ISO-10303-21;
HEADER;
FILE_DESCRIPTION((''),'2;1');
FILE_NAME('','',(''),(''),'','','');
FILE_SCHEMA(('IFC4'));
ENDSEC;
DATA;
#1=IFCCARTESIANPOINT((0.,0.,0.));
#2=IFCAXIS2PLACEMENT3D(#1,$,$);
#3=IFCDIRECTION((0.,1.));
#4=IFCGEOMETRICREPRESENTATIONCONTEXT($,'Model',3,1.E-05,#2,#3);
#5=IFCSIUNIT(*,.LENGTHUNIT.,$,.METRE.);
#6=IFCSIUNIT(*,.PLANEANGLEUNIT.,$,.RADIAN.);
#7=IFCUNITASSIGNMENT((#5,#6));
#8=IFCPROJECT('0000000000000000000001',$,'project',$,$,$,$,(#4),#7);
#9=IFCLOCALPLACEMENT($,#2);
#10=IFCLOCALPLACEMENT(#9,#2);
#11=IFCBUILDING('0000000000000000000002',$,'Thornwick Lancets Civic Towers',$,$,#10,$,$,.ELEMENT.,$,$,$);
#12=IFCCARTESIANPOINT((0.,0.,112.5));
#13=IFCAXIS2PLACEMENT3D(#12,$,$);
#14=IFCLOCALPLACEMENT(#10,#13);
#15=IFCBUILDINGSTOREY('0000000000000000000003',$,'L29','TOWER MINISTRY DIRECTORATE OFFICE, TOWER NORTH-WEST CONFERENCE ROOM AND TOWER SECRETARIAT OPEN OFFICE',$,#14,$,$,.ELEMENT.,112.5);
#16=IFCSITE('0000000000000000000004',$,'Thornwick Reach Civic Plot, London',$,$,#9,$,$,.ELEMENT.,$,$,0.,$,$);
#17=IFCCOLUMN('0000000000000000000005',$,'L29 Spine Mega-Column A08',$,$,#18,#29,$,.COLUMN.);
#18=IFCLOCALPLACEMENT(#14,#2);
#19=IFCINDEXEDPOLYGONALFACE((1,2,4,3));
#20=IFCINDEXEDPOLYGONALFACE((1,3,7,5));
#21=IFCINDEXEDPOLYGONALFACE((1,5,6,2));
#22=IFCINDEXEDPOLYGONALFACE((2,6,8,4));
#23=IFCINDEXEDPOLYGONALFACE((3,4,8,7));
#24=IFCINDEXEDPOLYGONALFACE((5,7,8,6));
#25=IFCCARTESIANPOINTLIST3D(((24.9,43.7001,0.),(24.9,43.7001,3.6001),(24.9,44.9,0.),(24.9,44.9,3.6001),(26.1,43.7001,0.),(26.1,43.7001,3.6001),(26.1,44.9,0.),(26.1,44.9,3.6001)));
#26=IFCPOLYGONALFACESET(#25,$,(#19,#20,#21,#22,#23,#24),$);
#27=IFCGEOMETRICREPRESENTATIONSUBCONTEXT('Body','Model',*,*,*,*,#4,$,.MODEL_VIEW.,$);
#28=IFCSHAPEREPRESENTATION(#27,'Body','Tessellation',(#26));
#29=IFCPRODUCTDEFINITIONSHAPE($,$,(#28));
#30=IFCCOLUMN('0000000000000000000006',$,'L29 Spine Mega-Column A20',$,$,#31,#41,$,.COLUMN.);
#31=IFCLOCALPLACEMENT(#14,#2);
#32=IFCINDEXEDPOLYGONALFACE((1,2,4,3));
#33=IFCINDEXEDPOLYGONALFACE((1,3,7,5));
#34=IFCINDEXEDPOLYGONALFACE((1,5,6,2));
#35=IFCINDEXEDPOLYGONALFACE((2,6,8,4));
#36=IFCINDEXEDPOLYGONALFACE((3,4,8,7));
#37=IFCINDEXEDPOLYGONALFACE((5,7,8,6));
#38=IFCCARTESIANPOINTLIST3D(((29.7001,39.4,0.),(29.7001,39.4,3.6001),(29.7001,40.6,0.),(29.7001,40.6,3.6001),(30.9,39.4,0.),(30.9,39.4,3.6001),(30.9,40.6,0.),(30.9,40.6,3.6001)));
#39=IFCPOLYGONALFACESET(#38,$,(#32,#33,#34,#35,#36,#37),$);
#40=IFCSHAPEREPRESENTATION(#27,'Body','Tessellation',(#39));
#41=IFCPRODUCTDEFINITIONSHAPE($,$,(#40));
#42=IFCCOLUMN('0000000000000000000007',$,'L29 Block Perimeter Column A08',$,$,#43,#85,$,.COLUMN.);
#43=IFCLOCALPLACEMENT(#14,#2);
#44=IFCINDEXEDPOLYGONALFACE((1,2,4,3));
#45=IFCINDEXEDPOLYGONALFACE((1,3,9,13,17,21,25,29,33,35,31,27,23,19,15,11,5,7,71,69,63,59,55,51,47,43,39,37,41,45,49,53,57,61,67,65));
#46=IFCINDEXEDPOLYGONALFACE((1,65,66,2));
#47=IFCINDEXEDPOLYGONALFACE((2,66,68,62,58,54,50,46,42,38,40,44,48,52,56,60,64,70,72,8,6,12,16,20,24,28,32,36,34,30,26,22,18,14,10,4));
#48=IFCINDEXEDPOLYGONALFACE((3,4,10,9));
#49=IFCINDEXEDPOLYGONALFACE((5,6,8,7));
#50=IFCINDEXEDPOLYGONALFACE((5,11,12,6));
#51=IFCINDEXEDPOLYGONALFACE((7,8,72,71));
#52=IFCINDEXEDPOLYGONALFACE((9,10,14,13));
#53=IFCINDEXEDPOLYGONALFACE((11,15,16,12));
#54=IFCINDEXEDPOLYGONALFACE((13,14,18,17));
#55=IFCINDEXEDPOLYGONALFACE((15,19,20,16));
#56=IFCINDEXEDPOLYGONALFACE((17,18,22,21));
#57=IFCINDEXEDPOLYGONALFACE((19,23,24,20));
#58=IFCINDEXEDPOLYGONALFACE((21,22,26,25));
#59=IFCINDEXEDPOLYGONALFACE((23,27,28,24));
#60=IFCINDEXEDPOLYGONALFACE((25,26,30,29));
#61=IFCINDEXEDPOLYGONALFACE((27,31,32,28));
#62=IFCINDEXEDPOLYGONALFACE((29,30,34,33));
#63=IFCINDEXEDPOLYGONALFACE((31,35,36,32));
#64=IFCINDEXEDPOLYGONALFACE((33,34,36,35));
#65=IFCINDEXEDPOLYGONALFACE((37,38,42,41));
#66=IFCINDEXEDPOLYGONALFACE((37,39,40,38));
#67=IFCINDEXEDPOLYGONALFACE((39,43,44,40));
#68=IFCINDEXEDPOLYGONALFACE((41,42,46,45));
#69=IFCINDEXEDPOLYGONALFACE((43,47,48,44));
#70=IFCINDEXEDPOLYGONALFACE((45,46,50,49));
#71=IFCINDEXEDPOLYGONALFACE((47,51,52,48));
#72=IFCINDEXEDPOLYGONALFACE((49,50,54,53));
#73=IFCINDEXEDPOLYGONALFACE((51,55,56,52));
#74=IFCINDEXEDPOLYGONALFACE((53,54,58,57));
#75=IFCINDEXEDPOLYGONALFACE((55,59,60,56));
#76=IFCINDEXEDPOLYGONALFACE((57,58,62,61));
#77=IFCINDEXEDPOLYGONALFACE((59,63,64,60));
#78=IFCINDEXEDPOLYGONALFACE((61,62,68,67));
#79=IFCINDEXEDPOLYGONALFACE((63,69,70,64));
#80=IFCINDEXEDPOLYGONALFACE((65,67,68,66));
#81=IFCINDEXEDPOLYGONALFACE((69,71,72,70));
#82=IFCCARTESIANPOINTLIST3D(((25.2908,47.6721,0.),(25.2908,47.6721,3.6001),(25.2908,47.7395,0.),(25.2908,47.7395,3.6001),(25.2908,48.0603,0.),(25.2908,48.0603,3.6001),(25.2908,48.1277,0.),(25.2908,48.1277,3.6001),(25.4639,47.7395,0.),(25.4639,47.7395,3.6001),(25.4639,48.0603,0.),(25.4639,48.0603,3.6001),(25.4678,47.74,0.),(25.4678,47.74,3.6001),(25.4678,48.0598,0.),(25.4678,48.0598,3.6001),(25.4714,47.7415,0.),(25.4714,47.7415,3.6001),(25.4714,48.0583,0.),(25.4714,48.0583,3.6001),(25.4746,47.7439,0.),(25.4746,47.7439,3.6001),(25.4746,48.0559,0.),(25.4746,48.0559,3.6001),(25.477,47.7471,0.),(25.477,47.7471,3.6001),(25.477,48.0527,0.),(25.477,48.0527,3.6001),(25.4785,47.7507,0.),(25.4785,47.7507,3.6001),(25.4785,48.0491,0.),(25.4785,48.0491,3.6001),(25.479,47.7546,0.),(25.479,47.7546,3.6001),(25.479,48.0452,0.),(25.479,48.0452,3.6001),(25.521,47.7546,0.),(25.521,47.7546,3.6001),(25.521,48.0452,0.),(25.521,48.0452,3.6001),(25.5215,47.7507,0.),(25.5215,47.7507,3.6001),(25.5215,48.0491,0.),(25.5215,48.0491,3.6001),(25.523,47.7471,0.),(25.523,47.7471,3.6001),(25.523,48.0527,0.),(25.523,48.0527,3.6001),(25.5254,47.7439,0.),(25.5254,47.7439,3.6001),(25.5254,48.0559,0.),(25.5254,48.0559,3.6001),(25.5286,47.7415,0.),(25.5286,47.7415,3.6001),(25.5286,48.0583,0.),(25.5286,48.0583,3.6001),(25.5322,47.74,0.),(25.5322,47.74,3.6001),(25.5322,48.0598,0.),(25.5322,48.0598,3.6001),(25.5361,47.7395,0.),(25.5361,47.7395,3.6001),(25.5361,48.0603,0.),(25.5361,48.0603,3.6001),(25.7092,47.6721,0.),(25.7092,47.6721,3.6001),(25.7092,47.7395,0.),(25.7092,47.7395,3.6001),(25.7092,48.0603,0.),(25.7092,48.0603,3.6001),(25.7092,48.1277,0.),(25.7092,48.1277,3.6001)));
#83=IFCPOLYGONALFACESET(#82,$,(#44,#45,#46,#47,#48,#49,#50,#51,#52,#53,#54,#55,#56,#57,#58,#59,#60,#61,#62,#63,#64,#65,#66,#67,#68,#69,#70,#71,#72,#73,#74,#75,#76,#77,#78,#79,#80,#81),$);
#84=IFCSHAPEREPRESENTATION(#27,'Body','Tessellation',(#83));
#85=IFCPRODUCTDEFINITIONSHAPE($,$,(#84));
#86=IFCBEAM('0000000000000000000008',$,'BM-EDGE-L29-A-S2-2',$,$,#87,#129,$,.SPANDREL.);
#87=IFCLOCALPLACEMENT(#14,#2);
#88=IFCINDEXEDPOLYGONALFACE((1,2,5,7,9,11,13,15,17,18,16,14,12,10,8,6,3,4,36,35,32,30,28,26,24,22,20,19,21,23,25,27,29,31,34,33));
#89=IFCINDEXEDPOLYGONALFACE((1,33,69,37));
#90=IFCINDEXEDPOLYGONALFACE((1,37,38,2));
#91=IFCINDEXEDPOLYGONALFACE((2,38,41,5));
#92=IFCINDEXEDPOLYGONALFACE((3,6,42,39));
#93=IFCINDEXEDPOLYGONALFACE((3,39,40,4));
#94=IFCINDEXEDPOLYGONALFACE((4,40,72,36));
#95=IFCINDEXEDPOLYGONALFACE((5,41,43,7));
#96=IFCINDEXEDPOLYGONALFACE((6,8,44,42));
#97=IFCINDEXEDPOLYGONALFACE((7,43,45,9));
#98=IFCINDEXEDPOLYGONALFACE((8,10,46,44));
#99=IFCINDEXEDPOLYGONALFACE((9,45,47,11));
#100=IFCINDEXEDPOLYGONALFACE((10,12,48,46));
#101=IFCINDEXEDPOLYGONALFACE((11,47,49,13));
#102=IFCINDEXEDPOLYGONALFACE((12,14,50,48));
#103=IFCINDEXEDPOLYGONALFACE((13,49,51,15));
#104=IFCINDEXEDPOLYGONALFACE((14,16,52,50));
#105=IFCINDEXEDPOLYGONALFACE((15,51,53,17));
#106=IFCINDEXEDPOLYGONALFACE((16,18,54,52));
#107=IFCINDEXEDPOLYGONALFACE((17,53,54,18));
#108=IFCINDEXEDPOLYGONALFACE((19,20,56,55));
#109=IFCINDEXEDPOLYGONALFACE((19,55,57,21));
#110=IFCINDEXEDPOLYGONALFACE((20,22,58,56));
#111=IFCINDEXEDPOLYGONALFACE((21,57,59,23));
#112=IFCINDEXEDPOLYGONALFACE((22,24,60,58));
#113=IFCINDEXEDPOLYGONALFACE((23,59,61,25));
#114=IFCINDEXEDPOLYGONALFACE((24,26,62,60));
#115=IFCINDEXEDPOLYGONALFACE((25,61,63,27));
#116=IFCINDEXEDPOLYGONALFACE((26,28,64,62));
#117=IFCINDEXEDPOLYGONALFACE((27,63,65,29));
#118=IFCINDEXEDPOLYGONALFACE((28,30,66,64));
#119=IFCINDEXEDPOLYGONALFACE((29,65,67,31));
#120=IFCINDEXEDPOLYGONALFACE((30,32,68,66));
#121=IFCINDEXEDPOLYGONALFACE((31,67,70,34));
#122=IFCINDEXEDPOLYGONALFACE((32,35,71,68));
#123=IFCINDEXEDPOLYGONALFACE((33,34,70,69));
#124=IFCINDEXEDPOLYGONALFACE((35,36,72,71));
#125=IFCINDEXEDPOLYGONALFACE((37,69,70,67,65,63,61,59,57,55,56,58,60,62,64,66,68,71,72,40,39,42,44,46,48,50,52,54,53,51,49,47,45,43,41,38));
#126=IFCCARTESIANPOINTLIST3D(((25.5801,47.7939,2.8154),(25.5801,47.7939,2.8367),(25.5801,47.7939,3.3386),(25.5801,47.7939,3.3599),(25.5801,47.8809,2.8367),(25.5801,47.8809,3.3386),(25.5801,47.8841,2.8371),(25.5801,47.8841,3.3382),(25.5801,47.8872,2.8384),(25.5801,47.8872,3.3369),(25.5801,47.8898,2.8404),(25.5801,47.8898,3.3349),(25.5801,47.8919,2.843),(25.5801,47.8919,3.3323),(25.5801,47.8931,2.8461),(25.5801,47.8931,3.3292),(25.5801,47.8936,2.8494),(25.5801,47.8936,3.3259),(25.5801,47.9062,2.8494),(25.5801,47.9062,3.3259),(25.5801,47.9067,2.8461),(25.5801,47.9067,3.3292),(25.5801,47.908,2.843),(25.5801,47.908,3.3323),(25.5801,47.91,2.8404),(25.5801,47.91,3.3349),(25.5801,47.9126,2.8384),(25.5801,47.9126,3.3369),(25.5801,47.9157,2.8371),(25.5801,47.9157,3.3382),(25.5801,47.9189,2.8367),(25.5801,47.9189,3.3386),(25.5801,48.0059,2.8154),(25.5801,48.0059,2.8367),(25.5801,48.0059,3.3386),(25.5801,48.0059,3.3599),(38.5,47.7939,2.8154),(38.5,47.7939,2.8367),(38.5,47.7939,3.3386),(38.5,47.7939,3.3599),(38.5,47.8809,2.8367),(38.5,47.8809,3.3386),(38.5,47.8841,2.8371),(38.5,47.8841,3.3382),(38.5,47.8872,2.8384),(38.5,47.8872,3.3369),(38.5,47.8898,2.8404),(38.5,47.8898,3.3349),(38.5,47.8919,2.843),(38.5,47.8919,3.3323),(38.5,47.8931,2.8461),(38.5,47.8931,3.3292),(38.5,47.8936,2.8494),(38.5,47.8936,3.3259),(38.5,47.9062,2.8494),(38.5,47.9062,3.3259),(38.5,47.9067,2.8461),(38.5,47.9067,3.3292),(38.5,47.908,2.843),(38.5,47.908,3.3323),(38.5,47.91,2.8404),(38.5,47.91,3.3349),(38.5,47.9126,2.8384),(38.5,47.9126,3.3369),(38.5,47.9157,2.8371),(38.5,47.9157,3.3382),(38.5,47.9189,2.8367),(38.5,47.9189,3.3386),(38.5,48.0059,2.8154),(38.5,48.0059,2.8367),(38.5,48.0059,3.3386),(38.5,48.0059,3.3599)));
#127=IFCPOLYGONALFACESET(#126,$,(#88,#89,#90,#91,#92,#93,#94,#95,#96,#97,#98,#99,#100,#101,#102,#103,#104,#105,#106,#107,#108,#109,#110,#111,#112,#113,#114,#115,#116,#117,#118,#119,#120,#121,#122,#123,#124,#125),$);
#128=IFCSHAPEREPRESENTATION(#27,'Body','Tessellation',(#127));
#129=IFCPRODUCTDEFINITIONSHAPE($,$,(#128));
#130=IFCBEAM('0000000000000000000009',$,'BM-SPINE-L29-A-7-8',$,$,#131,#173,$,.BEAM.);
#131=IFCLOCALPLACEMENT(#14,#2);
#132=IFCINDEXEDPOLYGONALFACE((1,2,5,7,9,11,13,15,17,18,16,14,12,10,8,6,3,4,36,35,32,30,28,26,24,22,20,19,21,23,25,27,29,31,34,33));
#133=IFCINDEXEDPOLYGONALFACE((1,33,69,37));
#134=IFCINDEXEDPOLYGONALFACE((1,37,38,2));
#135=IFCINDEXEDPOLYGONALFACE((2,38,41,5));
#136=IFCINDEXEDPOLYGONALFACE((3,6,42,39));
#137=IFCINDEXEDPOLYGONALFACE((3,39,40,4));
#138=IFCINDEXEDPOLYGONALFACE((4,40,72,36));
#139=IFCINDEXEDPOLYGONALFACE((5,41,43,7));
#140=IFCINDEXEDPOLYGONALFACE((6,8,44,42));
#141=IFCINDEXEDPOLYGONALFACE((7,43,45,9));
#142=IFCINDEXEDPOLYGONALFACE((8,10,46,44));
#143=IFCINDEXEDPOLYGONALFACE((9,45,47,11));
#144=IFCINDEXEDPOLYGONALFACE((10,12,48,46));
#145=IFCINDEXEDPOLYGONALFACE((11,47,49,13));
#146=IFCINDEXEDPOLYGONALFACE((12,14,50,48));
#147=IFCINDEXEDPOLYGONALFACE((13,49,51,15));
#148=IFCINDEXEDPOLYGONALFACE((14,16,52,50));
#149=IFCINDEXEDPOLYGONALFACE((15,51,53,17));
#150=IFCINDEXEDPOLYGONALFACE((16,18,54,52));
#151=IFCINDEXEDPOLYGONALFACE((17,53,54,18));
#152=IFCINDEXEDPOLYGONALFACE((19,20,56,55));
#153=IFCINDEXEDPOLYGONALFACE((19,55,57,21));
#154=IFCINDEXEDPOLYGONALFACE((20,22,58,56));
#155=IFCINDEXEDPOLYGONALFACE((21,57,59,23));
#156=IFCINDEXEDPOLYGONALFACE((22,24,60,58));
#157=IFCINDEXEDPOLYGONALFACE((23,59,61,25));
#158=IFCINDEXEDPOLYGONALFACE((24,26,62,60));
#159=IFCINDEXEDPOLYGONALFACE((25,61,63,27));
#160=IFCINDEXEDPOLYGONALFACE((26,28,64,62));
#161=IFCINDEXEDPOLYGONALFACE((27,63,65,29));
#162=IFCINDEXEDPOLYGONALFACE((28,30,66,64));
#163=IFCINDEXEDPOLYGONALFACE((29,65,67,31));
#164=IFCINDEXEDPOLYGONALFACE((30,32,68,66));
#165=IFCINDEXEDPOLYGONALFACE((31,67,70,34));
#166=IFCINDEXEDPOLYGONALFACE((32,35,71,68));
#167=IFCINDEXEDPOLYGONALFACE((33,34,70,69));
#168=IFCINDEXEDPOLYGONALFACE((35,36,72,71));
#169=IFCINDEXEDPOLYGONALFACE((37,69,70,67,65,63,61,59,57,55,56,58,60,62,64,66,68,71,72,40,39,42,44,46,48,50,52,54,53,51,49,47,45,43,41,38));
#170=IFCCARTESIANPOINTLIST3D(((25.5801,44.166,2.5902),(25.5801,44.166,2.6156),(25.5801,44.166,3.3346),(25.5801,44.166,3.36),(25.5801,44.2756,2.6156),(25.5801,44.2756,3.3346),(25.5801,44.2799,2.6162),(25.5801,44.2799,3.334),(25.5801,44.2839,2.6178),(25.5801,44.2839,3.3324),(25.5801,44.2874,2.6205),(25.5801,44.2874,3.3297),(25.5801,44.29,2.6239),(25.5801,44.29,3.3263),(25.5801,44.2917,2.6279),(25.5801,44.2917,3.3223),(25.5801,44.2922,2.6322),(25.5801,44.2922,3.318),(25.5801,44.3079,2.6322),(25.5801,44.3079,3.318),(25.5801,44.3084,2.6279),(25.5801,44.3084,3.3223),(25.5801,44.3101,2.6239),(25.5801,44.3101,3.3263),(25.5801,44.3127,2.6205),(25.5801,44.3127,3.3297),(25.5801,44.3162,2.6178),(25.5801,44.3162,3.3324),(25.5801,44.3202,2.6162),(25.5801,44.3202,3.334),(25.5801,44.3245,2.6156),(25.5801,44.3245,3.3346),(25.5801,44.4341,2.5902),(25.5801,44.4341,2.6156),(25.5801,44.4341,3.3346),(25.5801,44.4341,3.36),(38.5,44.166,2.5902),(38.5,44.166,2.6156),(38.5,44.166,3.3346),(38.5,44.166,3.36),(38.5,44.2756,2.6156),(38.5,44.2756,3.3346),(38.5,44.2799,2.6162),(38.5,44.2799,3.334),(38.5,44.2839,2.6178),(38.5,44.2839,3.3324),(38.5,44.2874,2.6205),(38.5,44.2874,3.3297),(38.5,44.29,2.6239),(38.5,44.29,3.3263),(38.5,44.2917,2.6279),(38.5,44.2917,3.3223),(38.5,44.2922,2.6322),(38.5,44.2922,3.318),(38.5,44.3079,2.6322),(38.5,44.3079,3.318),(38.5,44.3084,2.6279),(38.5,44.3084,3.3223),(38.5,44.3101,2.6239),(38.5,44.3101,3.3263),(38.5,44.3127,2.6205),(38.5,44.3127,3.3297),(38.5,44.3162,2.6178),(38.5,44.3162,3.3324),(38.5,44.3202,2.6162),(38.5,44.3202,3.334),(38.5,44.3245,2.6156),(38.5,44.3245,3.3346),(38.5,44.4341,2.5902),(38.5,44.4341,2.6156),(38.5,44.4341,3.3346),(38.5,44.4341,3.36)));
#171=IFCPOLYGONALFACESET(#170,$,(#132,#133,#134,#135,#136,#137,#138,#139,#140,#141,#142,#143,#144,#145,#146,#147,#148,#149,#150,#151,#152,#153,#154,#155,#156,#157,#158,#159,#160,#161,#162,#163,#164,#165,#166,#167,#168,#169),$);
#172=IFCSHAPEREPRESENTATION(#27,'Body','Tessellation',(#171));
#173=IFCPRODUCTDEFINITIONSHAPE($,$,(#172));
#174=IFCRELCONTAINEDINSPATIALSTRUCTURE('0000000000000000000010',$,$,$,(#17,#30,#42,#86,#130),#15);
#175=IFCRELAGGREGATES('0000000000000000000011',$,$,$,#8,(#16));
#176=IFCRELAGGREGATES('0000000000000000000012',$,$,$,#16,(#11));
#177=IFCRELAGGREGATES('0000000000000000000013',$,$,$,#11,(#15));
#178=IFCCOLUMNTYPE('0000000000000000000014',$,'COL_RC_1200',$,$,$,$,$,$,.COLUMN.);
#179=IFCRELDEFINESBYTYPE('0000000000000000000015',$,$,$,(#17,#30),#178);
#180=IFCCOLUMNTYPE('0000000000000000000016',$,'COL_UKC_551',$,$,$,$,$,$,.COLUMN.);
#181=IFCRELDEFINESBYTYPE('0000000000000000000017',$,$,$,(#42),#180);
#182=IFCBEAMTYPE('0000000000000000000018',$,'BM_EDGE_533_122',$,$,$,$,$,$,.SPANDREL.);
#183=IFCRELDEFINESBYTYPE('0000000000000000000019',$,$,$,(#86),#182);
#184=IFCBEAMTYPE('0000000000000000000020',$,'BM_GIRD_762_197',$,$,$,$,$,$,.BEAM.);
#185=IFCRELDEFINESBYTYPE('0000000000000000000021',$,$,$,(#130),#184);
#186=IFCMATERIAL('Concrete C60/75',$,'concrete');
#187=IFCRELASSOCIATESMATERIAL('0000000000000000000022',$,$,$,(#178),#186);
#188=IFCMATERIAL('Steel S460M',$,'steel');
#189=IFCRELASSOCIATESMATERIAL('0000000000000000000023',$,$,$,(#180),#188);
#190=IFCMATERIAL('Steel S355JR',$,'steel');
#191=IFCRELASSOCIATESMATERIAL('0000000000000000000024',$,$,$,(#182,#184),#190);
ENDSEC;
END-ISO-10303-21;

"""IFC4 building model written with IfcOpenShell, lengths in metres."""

from ifc_helpers import new_model, si_unit, direction, frame, origin, origin_2d, place, context, subcontext, project, spatial, rectangle, i_section, extrude, material, material_profile, profile_set, type_object, element, save


model = new_model("IFC4")

# Units and contexts
model_context = context("Model", 3, precision=1e-05, world=origin(), true_north=direction((0.0, 1.0)))
body_context = subcontext(model_context, "Body", "Model", "MODEL_VIEW")
ifc_project = project(units=[si_unit("LENGTHUNIT", "METRE"), si_unit("PLANEANGLEUNIT", "RADIAN")], contexts=[model_context])

# Site, building, storey
site_placement = place(None, origin())
site = spatial("IfcSite", under=ifc_project, at=site_placement, Name="Thornwick Reach Civic Plot, London", CompositionType="ELEMENT", RefElevation=0.0)
building_placement = place(site_placement, origin())
building = spatial("IfcBuilding", under=site, at=building_placement, Name="Thornwick Lancets Civic Towers", CompositionType="ELEMENT")
storey_placement = place(building_placement, frame((0.0, 0.0, 112.5)))
storey = spatial("IfcBuildingStorey", under=building, at=storey_placement, Name="L29", Description="TOWER MINISTRY DIRECTORATE OFFICE, TOWER NORTH-WEST CONFERENCE ROOM AND TOWER SECRETARIAT OPEN OFFICE", CompositionType="ELEMENT", Elevation=112.5)

# Columns
ifc_material_1 = material(Name="Concrete C60/75", Category="concrete")
ifc_material_profile_1 = material_profile(ifc_material_1, rectangle(XDim=1.2, YDim=1.2, at=origin_2d()), Name="RC 1200x1200")
ifc_profile_set_1 = profile_set([ifc_material_profile_1], Name="Concrete C60/75")
column_type_1 = type_object("IfcColumnType", Name="COL_RC_1200", PredefinedType="COLUMN", material=ifc_profile_set_1)
for number, where, z_axis, x_axis, name in (
    (1, (25.5, 44.3, 0.0), (0.0, 0.0, 1.0), (1.0, 0.0, 0.0), "L29 Spine Mega-Column A08"),
    (2, (30.3, 40.0, 0.0), (0.0, 0.0, 1.0), (1.0, 0.0, 0.0), "L29 Spine Mega-Column A20"),
):
    element("IfcColumn", number, at=place(storey_placement, frame(where, z_axis=z_axis, x_axis=x_axis)), inside=storey, type_object=column_type_1, Name=name, PredefinedType="COLUMN", context=body_context, shape_type="SweptSolid", body=[
        extrude(rectangle(XDim=1.2, YDim=1.2, at=origin_2d()), origin(), (0.0, 0.0, 1.0), 3.6001),
    ])
ifc_material_2 = material(Name="Steel S460M", Category="steel")
ifc_material_profile_2 = material_profile(ifc_material_2, i_section(OverallWidth=0.4185, OverallDepth=0.4556, WebThickness=0.042, FlangeThickness=0.0674, FilletRadius=0.0151, at=origin_2d()), Name="UKC 356x406x551")
ifc_profile_set_2 = profile_set([ifc_material_profile_2], Name="Steel S460M")
column_type_2 = type_object("IfcColumnType", Name="COL_UKC_551", PredefinedType="COLUMN", material=ifc_profile_set_2)
column_placement = place(storey_placement, frame((25.5, 47.8999, 0.0), z_axis=(0.0, 0.0, 1.0), x_axis=(1.0, 0.0, 0.0)))
element("IfcColumn", 3, at=column_placement, inside=storey, type_object=column_type_2, Name="L29 Block Perimeter Column A08", PredefinedType="COLUMN", context=body_context, shape_type="SweptSolid", body=[
    extrude(i_section(OverallWidth=0.4185, OverallDepth=0.4556, WebThickness=0.042, FlangeThickness=0.0674, FilletRadius=0.0151, at=origin_2d()), origin(), (0.0, 0.0, 1.0), 3.6001),
])

# Beams
ifc_material_3 = material(Name="Steel S355JR", Category="steel")
ifc_material_profile_3 = material_profile(ifc_material_3, i_section(OverallWidth=0.2119, OverallDepth=0.5444, WebThickness=0.0127, FlangeThickness=0.0212, FilletRadius=0.0127, at=origin_2d()), Name="UKB 533x210x122")
ifc_profile_set_3 = profile_set([ifc_material_profile_3], Name="Steel S355JR")
beam_type_1 = type_object("IfcBeamType", Name="BM_EDGE_533_122", PredefinedType="SPANDREL", material=ifc_profile_set_3)
beam_1_placement = place(storey_placement, frame((25.5801, 47.8999, 3.0876), z_axis=(1.0, 0.0, 0.0), x_axis=(0.0, 1.0, 0.0)))
element("IfcBeam", 4, at=beam_1_placement, inside=storey, type_object=beam_type_1, Name="BM-EDGE-L29-A-S2-2", PredefinedType="SPANDREL", context=body_context, shape_type="SweptSolid", body=[
    extrude(i_section(OverallWidth=0.2119, OverallDepth=0.5444, WebThickness=0.0127, FlangeThickness=0.0212, FilletRadius=0.0127, at=origin_2d()), origin(), (0.0, 0.0, 1.0), 12.9199),
])
ifc_material_profile_4 = material_profile(ifc_material_3, i_section(OverallWidth=0.2681, OverallDepth=0.7698, WebThickness=0.0156, FlangeThickness=0.0254, FilletRadius=0.0166, at=origin_2d()), Name="UKB 762x267x197")
ifc_profile_set_4 = profile_set([ifc_material_profile_4], Name="Steel S355JR")
beam_type_2 = type_object("IfcBeamType", Name="BM_GIRD_762_197", PredefinedType="BEAM", material=ifc_profile_set_4)
beam_2_placement = place(storey_placement, frame((25.5801, 44.3, 2.9751), z_axis=(1.0, 0.0, 0.0), x_axis=(0.0, 1.0, 0.0)))
element("IfcBeam", 5, at=beam_2_placement, inside=storey, type_object=beam_type_2, Name="BM-SPINE-L29-A-7-8", PredefinedType="BEAM", context=body_context, shape_type="SweptSolid", body=[
    extrude(i_section(OverallWidth=0.2681, OverallDepth=0.7698, WebThickness=0.0156, FlangeThickness=0.0254, FilletRadius=0.0166, at=origin_2d()), origin(), (0.0, 0.0, 1.0), 12.9199),
])

save(model, "model.ifc")
